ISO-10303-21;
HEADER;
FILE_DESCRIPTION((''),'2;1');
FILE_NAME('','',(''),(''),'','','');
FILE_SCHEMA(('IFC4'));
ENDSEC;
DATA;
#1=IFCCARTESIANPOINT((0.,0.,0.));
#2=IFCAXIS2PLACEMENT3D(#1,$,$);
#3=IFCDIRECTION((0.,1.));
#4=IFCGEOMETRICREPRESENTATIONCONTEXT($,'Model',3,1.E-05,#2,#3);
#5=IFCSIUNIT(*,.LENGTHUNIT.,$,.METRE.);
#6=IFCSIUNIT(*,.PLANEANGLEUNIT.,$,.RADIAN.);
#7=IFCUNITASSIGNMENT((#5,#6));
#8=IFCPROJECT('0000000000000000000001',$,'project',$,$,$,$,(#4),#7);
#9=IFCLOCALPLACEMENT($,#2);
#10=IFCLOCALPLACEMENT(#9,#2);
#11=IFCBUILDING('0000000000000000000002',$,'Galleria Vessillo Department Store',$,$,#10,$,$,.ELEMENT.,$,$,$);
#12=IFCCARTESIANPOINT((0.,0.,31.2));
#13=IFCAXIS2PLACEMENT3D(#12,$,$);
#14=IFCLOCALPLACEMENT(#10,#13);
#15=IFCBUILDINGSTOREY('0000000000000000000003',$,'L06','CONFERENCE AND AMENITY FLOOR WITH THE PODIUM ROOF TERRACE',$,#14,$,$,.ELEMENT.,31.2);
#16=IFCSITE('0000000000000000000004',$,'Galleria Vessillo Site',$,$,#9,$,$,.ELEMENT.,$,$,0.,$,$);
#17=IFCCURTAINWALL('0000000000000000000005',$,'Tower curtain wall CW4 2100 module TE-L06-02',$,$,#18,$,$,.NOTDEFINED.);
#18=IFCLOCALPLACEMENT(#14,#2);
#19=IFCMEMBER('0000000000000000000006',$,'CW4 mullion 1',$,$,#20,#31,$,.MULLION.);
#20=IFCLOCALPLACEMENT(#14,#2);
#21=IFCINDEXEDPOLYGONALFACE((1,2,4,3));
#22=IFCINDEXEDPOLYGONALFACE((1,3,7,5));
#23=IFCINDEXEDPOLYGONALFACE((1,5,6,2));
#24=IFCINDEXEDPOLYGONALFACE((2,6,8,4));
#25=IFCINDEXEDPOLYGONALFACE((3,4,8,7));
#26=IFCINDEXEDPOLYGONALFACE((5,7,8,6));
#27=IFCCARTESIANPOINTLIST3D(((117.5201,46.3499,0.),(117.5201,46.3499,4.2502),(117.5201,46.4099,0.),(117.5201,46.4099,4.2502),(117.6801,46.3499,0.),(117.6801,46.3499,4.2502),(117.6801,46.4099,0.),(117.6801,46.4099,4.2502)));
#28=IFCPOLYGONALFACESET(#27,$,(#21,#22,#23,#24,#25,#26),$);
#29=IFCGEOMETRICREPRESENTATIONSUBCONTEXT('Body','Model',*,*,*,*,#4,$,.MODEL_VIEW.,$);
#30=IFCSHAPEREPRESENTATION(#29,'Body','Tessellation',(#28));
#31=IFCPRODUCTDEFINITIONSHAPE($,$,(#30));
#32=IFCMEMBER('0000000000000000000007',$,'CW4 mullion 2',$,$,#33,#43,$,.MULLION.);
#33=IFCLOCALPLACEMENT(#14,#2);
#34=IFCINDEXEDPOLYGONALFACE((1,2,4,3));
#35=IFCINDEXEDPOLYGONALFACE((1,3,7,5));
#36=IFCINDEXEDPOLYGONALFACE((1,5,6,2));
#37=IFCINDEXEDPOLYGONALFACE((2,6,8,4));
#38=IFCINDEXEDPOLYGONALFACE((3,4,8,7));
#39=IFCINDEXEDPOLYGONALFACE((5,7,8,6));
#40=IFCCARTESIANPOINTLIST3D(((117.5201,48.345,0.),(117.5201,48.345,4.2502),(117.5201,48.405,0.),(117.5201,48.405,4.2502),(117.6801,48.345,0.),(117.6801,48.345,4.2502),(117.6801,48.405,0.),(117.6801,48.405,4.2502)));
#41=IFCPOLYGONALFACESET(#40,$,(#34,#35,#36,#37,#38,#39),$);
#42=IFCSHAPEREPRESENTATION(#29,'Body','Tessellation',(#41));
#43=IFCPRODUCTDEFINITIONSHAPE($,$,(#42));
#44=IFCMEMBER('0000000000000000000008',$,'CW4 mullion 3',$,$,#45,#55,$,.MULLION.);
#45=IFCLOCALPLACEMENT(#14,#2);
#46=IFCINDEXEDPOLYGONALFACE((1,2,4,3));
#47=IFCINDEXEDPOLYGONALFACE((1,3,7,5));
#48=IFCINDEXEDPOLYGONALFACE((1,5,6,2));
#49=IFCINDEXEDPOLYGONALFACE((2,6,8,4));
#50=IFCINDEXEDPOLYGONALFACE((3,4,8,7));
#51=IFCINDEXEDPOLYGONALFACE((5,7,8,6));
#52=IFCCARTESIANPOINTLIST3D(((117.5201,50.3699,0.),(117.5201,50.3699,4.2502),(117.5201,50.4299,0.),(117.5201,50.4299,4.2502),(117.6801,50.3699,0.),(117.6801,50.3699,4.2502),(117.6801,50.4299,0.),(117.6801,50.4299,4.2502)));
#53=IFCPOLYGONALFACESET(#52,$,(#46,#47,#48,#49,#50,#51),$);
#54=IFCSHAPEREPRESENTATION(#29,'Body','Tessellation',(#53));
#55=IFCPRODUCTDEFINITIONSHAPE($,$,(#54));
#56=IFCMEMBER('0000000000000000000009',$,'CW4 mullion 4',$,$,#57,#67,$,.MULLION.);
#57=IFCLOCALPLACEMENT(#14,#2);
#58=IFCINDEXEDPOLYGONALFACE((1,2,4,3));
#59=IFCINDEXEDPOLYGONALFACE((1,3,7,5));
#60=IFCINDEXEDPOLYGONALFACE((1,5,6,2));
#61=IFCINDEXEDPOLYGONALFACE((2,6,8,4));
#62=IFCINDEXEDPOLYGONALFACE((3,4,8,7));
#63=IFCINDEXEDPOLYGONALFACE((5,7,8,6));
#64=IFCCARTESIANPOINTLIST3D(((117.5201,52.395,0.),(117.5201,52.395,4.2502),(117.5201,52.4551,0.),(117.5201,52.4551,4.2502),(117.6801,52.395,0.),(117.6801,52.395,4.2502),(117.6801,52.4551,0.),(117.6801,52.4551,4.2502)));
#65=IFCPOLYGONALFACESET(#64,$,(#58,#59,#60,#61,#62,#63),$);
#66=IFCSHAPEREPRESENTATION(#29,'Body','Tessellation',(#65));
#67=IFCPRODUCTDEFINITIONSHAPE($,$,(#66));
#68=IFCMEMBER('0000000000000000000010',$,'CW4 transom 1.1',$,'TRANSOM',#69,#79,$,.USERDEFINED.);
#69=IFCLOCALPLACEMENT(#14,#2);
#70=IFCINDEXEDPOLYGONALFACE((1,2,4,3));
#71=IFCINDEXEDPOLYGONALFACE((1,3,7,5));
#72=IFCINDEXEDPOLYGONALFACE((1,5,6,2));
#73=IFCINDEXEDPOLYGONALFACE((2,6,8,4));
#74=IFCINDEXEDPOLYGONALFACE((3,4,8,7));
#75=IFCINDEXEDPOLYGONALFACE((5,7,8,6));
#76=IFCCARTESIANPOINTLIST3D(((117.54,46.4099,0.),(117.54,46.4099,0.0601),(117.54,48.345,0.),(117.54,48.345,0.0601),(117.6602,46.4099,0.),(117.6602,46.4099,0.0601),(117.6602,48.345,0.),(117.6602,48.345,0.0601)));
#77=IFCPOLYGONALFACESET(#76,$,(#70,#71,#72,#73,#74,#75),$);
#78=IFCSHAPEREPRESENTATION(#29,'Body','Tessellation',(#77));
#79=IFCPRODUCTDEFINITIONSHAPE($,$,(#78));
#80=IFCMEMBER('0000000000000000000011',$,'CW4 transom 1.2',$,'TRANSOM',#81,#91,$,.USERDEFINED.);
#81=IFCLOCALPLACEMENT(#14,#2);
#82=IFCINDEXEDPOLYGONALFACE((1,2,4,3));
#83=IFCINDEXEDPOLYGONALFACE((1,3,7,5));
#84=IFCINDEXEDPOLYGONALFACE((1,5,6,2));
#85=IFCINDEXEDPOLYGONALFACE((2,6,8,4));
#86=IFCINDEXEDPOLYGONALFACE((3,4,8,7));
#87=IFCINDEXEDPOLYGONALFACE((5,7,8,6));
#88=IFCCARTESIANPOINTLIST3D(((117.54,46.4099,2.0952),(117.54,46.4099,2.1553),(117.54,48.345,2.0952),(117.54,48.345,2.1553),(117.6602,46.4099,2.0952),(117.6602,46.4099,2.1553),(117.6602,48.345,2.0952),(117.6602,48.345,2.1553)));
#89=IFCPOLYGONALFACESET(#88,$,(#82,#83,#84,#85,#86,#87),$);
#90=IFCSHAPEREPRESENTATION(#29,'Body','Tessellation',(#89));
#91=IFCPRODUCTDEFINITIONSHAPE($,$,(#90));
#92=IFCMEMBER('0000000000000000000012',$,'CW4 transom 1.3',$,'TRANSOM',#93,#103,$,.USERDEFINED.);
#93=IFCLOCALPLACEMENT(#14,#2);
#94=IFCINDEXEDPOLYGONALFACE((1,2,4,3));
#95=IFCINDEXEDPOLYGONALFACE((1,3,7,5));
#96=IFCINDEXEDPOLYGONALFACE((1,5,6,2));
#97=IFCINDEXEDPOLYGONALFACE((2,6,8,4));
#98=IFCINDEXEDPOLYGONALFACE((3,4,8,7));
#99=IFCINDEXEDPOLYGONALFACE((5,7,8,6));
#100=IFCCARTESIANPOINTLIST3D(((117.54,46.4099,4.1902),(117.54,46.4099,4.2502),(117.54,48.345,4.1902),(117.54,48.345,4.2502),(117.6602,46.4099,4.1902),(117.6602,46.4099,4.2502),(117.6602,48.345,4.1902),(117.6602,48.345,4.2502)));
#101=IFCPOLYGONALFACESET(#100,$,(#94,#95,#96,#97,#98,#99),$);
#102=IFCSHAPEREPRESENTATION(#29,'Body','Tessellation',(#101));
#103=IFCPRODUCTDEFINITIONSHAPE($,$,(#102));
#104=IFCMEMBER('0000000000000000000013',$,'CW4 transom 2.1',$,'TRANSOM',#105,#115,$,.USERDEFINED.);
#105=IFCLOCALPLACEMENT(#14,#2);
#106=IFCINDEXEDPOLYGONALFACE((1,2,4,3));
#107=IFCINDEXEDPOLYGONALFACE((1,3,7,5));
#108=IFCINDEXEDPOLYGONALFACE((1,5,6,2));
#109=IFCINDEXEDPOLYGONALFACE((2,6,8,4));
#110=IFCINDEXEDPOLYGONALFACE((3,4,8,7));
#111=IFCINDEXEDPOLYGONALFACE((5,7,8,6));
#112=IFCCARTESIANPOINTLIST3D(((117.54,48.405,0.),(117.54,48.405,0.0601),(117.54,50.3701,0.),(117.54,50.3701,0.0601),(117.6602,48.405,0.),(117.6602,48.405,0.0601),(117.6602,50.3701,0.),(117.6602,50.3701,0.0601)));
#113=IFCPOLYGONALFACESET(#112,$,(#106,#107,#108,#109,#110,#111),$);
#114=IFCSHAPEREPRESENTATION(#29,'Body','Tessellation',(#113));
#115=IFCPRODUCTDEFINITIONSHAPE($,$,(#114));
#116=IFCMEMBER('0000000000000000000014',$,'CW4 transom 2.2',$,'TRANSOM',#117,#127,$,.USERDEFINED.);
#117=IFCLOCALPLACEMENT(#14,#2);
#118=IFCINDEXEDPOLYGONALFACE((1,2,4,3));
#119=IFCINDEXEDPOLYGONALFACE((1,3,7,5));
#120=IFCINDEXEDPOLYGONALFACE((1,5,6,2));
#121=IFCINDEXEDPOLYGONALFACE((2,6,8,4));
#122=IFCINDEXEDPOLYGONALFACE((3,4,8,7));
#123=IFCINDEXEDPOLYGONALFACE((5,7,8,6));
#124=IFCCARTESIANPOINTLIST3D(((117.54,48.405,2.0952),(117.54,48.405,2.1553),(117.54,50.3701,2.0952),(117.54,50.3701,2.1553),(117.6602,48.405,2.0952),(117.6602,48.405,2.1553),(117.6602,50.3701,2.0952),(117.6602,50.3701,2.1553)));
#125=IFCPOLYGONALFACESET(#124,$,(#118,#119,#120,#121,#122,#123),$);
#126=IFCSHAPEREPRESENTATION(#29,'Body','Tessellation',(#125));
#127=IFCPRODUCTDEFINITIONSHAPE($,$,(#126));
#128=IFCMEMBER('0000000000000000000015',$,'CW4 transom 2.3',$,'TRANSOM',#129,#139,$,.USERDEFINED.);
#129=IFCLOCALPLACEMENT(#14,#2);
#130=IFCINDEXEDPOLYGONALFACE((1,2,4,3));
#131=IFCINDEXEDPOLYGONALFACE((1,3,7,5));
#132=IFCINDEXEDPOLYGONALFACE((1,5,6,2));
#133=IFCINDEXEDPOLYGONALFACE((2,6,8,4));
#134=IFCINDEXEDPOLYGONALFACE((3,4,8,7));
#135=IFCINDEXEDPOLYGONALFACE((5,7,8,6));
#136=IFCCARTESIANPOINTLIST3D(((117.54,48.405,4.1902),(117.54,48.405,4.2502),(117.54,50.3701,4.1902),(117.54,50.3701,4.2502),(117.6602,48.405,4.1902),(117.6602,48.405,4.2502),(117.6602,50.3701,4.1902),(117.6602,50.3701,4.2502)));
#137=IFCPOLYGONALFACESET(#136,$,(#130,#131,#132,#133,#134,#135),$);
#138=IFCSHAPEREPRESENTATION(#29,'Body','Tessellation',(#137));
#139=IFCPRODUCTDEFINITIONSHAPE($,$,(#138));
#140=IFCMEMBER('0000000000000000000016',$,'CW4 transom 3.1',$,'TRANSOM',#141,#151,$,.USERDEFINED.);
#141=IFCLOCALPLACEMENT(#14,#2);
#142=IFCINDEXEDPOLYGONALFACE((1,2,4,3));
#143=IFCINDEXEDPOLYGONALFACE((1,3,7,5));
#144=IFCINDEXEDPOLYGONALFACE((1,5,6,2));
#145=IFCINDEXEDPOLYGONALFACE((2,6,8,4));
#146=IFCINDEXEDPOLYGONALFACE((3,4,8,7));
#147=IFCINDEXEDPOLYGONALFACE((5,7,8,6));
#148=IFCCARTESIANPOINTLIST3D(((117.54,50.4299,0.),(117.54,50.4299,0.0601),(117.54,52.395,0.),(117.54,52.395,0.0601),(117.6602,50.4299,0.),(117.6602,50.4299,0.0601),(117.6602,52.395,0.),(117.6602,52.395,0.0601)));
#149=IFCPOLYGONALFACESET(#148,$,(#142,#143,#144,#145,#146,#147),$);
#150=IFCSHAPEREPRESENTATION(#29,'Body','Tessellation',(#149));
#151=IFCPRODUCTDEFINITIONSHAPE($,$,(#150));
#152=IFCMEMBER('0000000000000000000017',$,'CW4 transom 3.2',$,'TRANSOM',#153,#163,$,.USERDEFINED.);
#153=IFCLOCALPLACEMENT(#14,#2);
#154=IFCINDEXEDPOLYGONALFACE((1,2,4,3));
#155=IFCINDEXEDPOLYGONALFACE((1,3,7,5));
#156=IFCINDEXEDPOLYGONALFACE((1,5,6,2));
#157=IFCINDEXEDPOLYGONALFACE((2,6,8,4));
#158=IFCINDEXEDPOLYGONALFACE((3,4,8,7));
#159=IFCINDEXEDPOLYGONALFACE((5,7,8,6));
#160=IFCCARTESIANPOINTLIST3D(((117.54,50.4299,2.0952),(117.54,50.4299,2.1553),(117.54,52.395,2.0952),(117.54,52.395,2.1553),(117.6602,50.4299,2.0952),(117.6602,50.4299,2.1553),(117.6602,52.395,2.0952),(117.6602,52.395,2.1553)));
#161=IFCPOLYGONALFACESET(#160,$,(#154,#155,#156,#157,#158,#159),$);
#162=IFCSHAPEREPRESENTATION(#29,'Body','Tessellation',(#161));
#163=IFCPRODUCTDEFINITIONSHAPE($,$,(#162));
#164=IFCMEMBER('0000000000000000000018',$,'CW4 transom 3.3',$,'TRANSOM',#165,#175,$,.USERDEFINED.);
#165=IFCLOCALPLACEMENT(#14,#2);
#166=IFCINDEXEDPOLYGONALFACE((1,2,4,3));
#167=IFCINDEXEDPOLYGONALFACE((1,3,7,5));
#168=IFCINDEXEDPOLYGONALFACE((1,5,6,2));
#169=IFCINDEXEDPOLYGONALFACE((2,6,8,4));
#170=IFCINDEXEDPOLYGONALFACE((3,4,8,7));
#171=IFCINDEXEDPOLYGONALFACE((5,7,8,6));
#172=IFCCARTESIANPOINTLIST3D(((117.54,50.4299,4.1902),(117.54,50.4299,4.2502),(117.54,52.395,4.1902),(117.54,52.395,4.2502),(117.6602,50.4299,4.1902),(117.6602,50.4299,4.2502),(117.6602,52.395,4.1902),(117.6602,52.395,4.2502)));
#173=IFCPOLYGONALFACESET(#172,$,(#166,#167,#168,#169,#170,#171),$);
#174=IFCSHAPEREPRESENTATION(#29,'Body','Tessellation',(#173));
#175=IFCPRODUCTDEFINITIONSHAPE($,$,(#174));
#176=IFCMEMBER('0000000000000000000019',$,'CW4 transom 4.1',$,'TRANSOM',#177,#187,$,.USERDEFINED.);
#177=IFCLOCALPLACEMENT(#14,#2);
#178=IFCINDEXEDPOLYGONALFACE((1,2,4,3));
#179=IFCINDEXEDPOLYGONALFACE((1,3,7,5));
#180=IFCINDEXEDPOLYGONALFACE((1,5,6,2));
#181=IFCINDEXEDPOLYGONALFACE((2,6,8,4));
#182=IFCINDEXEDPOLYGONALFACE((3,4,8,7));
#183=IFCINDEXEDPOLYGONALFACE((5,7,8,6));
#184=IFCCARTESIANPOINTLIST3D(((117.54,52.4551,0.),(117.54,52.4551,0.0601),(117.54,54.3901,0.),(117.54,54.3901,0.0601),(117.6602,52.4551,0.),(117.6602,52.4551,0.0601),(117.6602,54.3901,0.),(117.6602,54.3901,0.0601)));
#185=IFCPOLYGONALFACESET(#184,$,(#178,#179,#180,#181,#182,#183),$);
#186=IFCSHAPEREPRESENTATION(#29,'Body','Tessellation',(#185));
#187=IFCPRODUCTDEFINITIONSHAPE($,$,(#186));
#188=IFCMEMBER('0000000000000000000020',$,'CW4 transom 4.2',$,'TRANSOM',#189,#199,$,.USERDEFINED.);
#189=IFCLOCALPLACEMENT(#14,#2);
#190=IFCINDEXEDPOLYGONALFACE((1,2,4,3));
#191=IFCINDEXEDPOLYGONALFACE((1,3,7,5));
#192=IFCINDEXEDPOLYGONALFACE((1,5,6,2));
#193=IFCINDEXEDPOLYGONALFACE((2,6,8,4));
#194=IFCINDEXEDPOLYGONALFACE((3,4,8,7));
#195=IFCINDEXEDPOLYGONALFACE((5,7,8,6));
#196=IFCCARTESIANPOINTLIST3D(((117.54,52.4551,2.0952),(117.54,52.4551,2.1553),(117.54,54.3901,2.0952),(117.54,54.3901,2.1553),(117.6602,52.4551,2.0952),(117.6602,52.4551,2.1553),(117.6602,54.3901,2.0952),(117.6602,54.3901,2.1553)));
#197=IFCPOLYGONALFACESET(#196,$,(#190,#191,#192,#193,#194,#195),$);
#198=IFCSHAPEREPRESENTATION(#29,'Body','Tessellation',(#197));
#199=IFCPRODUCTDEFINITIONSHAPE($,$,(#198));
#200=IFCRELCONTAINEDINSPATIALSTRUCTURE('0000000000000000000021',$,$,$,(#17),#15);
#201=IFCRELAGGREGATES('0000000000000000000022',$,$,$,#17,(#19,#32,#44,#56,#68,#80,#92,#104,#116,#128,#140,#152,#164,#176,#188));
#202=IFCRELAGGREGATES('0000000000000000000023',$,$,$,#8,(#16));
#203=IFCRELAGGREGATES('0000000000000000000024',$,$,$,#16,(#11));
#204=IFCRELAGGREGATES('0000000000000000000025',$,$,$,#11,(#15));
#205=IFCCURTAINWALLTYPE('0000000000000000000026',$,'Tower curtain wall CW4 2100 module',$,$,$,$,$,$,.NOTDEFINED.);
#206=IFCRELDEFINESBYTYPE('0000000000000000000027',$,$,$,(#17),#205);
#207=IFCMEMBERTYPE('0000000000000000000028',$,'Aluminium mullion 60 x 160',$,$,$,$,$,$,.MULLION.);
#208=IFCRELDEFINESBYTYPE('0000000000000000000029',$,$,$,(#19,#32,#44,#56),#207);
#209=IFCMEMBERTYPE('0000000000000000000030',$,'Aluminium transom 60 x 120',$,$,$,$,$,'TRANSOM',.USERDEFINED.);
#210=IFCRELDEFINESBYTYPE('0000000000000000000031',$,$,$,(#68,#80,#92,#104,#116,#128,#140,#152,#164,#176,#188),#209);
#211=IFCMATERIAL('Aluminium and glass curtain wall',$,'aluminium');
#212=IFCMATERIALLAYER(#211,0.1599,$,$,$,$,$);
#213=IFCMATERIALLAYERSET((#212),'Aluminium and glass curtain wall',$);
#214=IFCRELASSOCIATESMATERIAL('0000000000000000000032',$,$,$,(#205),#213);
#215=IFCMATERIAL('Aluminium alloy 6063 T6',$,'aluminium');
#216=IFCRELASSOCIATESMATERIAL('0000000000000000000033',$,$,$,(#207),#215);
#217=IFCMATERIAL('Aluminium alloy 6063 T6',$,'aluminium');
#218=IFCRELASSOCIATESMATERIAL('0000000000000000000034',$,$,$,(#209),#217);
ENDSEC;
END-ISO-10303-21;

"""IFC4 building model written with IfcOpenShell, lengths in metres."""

from ifc_helpers import new_model, si_unit, direction, frame, origin, origin_2d, place, context, subcontext, project, spatial, rectangle, extrude, material, layer, layer_set, material_profile, profile_set, type_object, element, aggregate, save


model = new_model("IFC4")

# Units and contexts
model_context = context("Model", 3, precision=1e-05, world=origin(), true_north=direction((0.0, 1.0)))
body_context = subcontext(model_context, "Body", "Model", "MODEL_VIEW")
ifc_project = project(units=[si_unit("LENGTHUNIT", "METRE"), si_unit("PLANEANGLEUNIT", "RADIAN")], contexts=[model_context])

# Site, building, storey
site_placement = place(None, origin())
site = spatial("IfcSite", under=ifc_project, at=site_placement, Name="Galleria Vessillo Site", CompositionType="ELEMENT", RefElevation=0.0)
building_placement = place(site_placement, origin())
building = spatial("IfcBuilding", under=site, at=building_placement, Name="Galleria Vessillo Department Store", CompositionType="ELEMENT")
storey_placement = place(building_placement, frame((0.0, 0.0, 31.2)))
storey = spatial("IfcBuildingStorey", under=building, at=storey_placement, Name="L06", Description="CONFERENCE AND AMENITY FLOOR WITH THE PODIUM ROOF TERRACE", CompositionType="ELEMENT", Elevation=31.2)

# Curtain wall, members
ifc_material_1 = material(Name="Aluminium and glass curtain wall", Category="aluminium")
ifc_layer_1 = layer(ifc_material_1, 0.1599)
ifc_layer_set_1 = layer_set([ifc_layer_1], Name="Aluminium and glass curtain wall")
curtain_wall_type = type_object("IfcCurtainWallType", Name="Tower curtain wall CW4 2100 module", PredefinedType="NOTDEFINED", material=ifc_layer_set_1)
curtain_wall_placement = place(storey_placement, origin())
curtain_wall = element("IfcCurtainWall", 1, at=curtain_wall_placement, inside=storey, type_object=curtain_wall_type, Name="Tower curtain wall CW4 2100 module TE-L06-02", PredefinedType="NOTDEFINED")
ifc_material_2 = material(Name="Aluminium alloy 6063 T6", Category="aluminium")
ifc_material_profile_1 = material_profile(ifc_material_2, rectangle(XDim=0.1599, YDim=0.0601, at=origin_2d()), Name="AL 60x160")
ifc_profile_set_1 = profile_set([ifc_material_profile_1], Name="Aluminium alloy 6063 T6")
member_type_1 = type_object("IfcMemberType", Name="Aluminium mullion 60 x 160", PredefinedType="MULLION", material=ifc_profile_set_1)
member_1_placement = place(storey_placement, frame((117.6001, 46.3799, 0.0), z_axis=(0.0, 0.0, 1.0), x_axis=(-1.0, 0.0, 0.0)))
member_1 = element("IfcMember", 2, at=member_1_placement, type_object=member_type_1, Name="CW4 mullion 1", PredefinedType="MULLION", context=body_context, shape_type="SweptSolid", body=[
    extrude(rectangle(XDim=0.1599, YDim=0.0601, at=origin_2d()), origin(), (0.0, 0.0, 1.0), 4.2502),
])
member_2_placement = place(storey_placement, frame((117.6001, 48.375, 0.0), z_axis=(0.0, 0.0, 1.0), x_axis=(-1.0, 0.0, 0.0)))
member_2 = element("IfcMember", 3, at=member_2_placement, type_object=member_type_1, Name="CW4 mullion 2", PredefinedType="MULLION", context=body_context, shape_type="SweptSolid", body=[
    extrude(rectangle(XDim=0.1599, YDim=0.0601, at=origin_2d()), origin(), (0.0, 0.0, 1.0), 4.2502),
])
member_3_placement = place(storey_placement, frame((117.6001, 50.3999, 0.0), z_axis=(0.0, 0.0, 1.0), x_axis=(-1.0, 0.0, 0.0)))
member_3 = element("IfcMember", 4, at=member_3_placement, type_object=member_type_1, Name="CW4 mullion 3", PredefinedType="MULLION", context=body_context, shape_type="SweptSolid", body=[
    extrude(rectangle(XDim=0.1599, YDim=0.0601, at=origin_2d()), origin(), (0.0, 0.0, 1.0), 4.2502),
])
member_4_placement = place(storey_placement, frame((117.6001, 52.425, 0.0), z_axis=(0.0, 0.0, 1.0), x_axis=(-1.0, 0.0, 0.0)))
member_4 = element("IfcMember", 5, at=member_4_placement, type_object=member_type_1, Name="CW4 mullion 4", PredefinedType="MULLION", context=body_context, shape_type="SweptSolid", body=[
    extrude(rectangle(XDim=0.1599, YDim=0.0601, at=origin_2d()), origin(), (0.0, 0.0, 1.0), 4.2502),
])
ifc_material_3 = material(Name="Aluminium alloy 6063 T6", Category="aluminium")
ifc_material_profile_2 = material_profile(ifc_material_3, rectangle(XDim=0.1201, YDim=0.0601, at=origin_2d()), Name="AL 60x120")
ifc_profile_set_2 = profile_set([ifc_material_profile_2], Name="Aluminium alloy 6063 T6")
member_type_2 = type_object("IfcMemberType", Name="Aluminium transom 60 x 120", ElementType="TRANSOM", PredefinedType="USERDEFINED", material=ifc_profile_set_2)
member_5_placement = place(storey_placement, frame((117.6001, 46.4099, 0.03), z_axis=(0.0, 1.0, 0.0), x_axis=(-1.0, 0.0, 0.0)))
member_5 = element("IfcMember", 6, at=member_5_placement, type_object=member_type_2, Name="CW4 transom 1.1", ObjectType="TRANSOM", PredefinedType="USERDEFINED", context=body_context, shape_type="SweptSolid", body=[
    extrude(rectangle(XDim=0.1201, YDim=0.0601, at=origin_2d()), origin(), (0.0, 0.0, 1.0), 1.9351),
])
member_6_placement = place(storey_placement, frame((117.6001, 46.4099, 2.1252), z_axis=(0.0, 1.0, 0.0), x_axis=(-1.0, 0.0, 0.0)))
member_6 = element("IfcMember", 7, at=member_6_placement, type_object=member_type_2, Name="CW4 transom 1.2", ObjectType="TRANSOM", PredefinedType="USERDEFINED", context=body_context, shape_type="SweptSolid", body=[
    extrude(rectangle(XDim=0.1201, YDim=0.0601, at=origin_2d()), origin(), (0.0, 0.0, 1.0), 1.9351),
])
member_7_placement = place(storey_placement, frame((117.6001, 46.4099, 4.2202), z_axis=(0.0, 1.0, 0.0), x_axis=(-1.0, 0.0, 0.0)))
member_7 = element("IfcMember", 8, at=member_7_placement, type_object=member_type_2, Name="CW4 transom 1.3", ObjectType="TRANSOM", PredefinedType="USERDEFINED", context=body_context, shape_type="SweptSolid", body=[
    extrude(rectangle(XDim=0.1201, YDim=0.0601, at=origin_2d()), origin(), (0.0, 0.0, 1.0), 1.9351),
])
member_8_placement = place(storey_placement, frame((117.6001, 48.405, 0.03), z_axis=(0.0, 1.0, 0.0), x_axis=(-1.0, 0.0, 0.0)))
member_8 = element("IfcMember", 9, at=member_8_placement, type_object=member_type_2, Name="CW4 transom 2.1", ObjectType="TRANSOM", PredefinedType="USERDEFINED", context=body_context, shape_type="SweptSolid", body=[
    extrude(rectangle(XDim=0.1201, YDim=0.0601, at=origin_2d()), origin(), (0.0, 0.0, 1.0), 1.9651),
])
member_9_placement = place(storey_placement, frame((117.6001, 48.405, 2.1252), z_axis=(0.0, 1.0, 0.0), x_axis=(-1.0, 0.0, 0.0)))
member_9 = element("IfcMember", 10, at=member_9_placement, type_object=member_type_2, Name="CW4 transom 2.2", ObjectType="TRANSOM", PredefinedType="USERDEFINED", context=body_context, shape_type="SweptSolid", body=[
    extrude(rectangle(XDim=0.1201, YDim=0.0601, at=origin_2d()), origin(), (0.0, 0.0, 1.0), 1.9651),
])
member_10_placement = place(storey_placement, frame((117.6001, 48.405, 4.2202), z_axis=(0.0, 1.0, 0.0), x_axis=(-1.0, 0.0, 0.0)))
member_10 = element("IfcMember", 11, at=member_10_placement, type_object=member_type_2, Name="CW4 transom 2.3", ObjectType="TRANSOM", PredefinedType="USERDEFINED", context=body_context, shape_type="SweptSolid", body=[
    extrude(rectangle(XDim=0.1201, YDim=0.0601, at=origin_2d()), origin(), (0.0, 0.0, 1.0), 1.9651),
])
member_11_placement = place(storey_placement, frame((117.6001, 50.4299, 0.03), z_axis=(0.0, 1.0, 0.0), x_axis=(-1.0, 0.0, 0.0)))
member_11 = element("IfcMember", 12, at=member_11_placement, type_object=member_type_2, Name="CW4 transom 3.1", ObjectType="TRANSOM", PredefinedType="USERDEFINED", context=body_context, shape_type="SweptSolid", body=[
    extrude(rectangle(XDim=0.1201, YDim=0.0601, at=origin_2d()), origin(), (0.0, 0.0, 1.0), 1.9651),
])
member_12_placement = place(storey_placement, frame((117.6001, 50.4299, 2.1252), z_axis=(0.0, 1.0, 0.0), x_axis=(-1.0, 0.0, 0.0)))
member_12 = element("IfcMember", 13, at=member_12_placement, type_object=member_type_2, Name="CW4 transom 3.2", ObjectType="TRANSOM", PredefinedType="USERDEFINED", context=body_context, shape_type="SweptSolid", body=[
    extrude(rectangle(XDim=0.1201, YDim=0.0601, at=origin_2d()), origin(), (0.0, 0.0, 1.0), 1.9651),
])
member_13_placement = place(storey_placement, frame((117.6001, 50.4299, 4.2202), z_axis=(0.0, 1.0, 0.0), x_axis=(-1.0, 0.0, 0.0)))
member_13 = element("IfcMember", 14, at=member_13_placement, type_object=member_type_2, Name="CW4 transom 3.3", ObjectType="TRANSOM", PredefinedType="USERDEFINED", context=body_context, shape_type="SweptSolid", body=[
    extrude(rectangle(XDim=0.1201, YDim=0.0601, at=origin_2d()), origin(), (0.0, 0.0, 1.0), 1.9651),
])
member_14_placement = place(storey_placement, frame((117.6001, 52.4551, 0.03), z_axis=(0.0, 1.0, 0.0), x_axis=(-1.0, 0.0, 0.0)))
member_14 = element("IfcMember", 15, at=member_14_placement, type_object=member_type_2, Name="CW4 transom 4.1", ObjectType="TRANSOM", PredefinedType="USERDEFINED", context=body_context, shape_type="SweptSolid", body=[
    extrude(rectangle(XDim=0.1201, YDim=0.0601, at=origin_2d()), origin(), (0.0, 0.0, 1.0), 1.9351),
])
member_15_placement = place(storey_placement, frame((117.6001, 52.4551, 2.1252), z_axis=(0.0, 1.0, 0.0), x_axis=(-1.0, 0.0, 0.0)))
member_15 = element("IfcMember", 16, at=member_15_placement, type_object=member_type_2, Name="CW4 transom 4.2", ObjectType="TRANSOM", PredefinedType="USERDEFINED", context=body_context, shape_type="SweptSolid", body=[
    extrude(rectangle(XDim=0.1201, YDim=0.0601, at=origin_2d()), origin(), (0.0, 0.0, 1.0), 1.9351),
])

aggregate(curtain_wall, [member_1, member_2, member_3, member_4, member_5, member_6, member_7, member_8, member_9, member_10, member_11, member_12, member_13, member_14, member_15])

save(model, "model.ifc")
